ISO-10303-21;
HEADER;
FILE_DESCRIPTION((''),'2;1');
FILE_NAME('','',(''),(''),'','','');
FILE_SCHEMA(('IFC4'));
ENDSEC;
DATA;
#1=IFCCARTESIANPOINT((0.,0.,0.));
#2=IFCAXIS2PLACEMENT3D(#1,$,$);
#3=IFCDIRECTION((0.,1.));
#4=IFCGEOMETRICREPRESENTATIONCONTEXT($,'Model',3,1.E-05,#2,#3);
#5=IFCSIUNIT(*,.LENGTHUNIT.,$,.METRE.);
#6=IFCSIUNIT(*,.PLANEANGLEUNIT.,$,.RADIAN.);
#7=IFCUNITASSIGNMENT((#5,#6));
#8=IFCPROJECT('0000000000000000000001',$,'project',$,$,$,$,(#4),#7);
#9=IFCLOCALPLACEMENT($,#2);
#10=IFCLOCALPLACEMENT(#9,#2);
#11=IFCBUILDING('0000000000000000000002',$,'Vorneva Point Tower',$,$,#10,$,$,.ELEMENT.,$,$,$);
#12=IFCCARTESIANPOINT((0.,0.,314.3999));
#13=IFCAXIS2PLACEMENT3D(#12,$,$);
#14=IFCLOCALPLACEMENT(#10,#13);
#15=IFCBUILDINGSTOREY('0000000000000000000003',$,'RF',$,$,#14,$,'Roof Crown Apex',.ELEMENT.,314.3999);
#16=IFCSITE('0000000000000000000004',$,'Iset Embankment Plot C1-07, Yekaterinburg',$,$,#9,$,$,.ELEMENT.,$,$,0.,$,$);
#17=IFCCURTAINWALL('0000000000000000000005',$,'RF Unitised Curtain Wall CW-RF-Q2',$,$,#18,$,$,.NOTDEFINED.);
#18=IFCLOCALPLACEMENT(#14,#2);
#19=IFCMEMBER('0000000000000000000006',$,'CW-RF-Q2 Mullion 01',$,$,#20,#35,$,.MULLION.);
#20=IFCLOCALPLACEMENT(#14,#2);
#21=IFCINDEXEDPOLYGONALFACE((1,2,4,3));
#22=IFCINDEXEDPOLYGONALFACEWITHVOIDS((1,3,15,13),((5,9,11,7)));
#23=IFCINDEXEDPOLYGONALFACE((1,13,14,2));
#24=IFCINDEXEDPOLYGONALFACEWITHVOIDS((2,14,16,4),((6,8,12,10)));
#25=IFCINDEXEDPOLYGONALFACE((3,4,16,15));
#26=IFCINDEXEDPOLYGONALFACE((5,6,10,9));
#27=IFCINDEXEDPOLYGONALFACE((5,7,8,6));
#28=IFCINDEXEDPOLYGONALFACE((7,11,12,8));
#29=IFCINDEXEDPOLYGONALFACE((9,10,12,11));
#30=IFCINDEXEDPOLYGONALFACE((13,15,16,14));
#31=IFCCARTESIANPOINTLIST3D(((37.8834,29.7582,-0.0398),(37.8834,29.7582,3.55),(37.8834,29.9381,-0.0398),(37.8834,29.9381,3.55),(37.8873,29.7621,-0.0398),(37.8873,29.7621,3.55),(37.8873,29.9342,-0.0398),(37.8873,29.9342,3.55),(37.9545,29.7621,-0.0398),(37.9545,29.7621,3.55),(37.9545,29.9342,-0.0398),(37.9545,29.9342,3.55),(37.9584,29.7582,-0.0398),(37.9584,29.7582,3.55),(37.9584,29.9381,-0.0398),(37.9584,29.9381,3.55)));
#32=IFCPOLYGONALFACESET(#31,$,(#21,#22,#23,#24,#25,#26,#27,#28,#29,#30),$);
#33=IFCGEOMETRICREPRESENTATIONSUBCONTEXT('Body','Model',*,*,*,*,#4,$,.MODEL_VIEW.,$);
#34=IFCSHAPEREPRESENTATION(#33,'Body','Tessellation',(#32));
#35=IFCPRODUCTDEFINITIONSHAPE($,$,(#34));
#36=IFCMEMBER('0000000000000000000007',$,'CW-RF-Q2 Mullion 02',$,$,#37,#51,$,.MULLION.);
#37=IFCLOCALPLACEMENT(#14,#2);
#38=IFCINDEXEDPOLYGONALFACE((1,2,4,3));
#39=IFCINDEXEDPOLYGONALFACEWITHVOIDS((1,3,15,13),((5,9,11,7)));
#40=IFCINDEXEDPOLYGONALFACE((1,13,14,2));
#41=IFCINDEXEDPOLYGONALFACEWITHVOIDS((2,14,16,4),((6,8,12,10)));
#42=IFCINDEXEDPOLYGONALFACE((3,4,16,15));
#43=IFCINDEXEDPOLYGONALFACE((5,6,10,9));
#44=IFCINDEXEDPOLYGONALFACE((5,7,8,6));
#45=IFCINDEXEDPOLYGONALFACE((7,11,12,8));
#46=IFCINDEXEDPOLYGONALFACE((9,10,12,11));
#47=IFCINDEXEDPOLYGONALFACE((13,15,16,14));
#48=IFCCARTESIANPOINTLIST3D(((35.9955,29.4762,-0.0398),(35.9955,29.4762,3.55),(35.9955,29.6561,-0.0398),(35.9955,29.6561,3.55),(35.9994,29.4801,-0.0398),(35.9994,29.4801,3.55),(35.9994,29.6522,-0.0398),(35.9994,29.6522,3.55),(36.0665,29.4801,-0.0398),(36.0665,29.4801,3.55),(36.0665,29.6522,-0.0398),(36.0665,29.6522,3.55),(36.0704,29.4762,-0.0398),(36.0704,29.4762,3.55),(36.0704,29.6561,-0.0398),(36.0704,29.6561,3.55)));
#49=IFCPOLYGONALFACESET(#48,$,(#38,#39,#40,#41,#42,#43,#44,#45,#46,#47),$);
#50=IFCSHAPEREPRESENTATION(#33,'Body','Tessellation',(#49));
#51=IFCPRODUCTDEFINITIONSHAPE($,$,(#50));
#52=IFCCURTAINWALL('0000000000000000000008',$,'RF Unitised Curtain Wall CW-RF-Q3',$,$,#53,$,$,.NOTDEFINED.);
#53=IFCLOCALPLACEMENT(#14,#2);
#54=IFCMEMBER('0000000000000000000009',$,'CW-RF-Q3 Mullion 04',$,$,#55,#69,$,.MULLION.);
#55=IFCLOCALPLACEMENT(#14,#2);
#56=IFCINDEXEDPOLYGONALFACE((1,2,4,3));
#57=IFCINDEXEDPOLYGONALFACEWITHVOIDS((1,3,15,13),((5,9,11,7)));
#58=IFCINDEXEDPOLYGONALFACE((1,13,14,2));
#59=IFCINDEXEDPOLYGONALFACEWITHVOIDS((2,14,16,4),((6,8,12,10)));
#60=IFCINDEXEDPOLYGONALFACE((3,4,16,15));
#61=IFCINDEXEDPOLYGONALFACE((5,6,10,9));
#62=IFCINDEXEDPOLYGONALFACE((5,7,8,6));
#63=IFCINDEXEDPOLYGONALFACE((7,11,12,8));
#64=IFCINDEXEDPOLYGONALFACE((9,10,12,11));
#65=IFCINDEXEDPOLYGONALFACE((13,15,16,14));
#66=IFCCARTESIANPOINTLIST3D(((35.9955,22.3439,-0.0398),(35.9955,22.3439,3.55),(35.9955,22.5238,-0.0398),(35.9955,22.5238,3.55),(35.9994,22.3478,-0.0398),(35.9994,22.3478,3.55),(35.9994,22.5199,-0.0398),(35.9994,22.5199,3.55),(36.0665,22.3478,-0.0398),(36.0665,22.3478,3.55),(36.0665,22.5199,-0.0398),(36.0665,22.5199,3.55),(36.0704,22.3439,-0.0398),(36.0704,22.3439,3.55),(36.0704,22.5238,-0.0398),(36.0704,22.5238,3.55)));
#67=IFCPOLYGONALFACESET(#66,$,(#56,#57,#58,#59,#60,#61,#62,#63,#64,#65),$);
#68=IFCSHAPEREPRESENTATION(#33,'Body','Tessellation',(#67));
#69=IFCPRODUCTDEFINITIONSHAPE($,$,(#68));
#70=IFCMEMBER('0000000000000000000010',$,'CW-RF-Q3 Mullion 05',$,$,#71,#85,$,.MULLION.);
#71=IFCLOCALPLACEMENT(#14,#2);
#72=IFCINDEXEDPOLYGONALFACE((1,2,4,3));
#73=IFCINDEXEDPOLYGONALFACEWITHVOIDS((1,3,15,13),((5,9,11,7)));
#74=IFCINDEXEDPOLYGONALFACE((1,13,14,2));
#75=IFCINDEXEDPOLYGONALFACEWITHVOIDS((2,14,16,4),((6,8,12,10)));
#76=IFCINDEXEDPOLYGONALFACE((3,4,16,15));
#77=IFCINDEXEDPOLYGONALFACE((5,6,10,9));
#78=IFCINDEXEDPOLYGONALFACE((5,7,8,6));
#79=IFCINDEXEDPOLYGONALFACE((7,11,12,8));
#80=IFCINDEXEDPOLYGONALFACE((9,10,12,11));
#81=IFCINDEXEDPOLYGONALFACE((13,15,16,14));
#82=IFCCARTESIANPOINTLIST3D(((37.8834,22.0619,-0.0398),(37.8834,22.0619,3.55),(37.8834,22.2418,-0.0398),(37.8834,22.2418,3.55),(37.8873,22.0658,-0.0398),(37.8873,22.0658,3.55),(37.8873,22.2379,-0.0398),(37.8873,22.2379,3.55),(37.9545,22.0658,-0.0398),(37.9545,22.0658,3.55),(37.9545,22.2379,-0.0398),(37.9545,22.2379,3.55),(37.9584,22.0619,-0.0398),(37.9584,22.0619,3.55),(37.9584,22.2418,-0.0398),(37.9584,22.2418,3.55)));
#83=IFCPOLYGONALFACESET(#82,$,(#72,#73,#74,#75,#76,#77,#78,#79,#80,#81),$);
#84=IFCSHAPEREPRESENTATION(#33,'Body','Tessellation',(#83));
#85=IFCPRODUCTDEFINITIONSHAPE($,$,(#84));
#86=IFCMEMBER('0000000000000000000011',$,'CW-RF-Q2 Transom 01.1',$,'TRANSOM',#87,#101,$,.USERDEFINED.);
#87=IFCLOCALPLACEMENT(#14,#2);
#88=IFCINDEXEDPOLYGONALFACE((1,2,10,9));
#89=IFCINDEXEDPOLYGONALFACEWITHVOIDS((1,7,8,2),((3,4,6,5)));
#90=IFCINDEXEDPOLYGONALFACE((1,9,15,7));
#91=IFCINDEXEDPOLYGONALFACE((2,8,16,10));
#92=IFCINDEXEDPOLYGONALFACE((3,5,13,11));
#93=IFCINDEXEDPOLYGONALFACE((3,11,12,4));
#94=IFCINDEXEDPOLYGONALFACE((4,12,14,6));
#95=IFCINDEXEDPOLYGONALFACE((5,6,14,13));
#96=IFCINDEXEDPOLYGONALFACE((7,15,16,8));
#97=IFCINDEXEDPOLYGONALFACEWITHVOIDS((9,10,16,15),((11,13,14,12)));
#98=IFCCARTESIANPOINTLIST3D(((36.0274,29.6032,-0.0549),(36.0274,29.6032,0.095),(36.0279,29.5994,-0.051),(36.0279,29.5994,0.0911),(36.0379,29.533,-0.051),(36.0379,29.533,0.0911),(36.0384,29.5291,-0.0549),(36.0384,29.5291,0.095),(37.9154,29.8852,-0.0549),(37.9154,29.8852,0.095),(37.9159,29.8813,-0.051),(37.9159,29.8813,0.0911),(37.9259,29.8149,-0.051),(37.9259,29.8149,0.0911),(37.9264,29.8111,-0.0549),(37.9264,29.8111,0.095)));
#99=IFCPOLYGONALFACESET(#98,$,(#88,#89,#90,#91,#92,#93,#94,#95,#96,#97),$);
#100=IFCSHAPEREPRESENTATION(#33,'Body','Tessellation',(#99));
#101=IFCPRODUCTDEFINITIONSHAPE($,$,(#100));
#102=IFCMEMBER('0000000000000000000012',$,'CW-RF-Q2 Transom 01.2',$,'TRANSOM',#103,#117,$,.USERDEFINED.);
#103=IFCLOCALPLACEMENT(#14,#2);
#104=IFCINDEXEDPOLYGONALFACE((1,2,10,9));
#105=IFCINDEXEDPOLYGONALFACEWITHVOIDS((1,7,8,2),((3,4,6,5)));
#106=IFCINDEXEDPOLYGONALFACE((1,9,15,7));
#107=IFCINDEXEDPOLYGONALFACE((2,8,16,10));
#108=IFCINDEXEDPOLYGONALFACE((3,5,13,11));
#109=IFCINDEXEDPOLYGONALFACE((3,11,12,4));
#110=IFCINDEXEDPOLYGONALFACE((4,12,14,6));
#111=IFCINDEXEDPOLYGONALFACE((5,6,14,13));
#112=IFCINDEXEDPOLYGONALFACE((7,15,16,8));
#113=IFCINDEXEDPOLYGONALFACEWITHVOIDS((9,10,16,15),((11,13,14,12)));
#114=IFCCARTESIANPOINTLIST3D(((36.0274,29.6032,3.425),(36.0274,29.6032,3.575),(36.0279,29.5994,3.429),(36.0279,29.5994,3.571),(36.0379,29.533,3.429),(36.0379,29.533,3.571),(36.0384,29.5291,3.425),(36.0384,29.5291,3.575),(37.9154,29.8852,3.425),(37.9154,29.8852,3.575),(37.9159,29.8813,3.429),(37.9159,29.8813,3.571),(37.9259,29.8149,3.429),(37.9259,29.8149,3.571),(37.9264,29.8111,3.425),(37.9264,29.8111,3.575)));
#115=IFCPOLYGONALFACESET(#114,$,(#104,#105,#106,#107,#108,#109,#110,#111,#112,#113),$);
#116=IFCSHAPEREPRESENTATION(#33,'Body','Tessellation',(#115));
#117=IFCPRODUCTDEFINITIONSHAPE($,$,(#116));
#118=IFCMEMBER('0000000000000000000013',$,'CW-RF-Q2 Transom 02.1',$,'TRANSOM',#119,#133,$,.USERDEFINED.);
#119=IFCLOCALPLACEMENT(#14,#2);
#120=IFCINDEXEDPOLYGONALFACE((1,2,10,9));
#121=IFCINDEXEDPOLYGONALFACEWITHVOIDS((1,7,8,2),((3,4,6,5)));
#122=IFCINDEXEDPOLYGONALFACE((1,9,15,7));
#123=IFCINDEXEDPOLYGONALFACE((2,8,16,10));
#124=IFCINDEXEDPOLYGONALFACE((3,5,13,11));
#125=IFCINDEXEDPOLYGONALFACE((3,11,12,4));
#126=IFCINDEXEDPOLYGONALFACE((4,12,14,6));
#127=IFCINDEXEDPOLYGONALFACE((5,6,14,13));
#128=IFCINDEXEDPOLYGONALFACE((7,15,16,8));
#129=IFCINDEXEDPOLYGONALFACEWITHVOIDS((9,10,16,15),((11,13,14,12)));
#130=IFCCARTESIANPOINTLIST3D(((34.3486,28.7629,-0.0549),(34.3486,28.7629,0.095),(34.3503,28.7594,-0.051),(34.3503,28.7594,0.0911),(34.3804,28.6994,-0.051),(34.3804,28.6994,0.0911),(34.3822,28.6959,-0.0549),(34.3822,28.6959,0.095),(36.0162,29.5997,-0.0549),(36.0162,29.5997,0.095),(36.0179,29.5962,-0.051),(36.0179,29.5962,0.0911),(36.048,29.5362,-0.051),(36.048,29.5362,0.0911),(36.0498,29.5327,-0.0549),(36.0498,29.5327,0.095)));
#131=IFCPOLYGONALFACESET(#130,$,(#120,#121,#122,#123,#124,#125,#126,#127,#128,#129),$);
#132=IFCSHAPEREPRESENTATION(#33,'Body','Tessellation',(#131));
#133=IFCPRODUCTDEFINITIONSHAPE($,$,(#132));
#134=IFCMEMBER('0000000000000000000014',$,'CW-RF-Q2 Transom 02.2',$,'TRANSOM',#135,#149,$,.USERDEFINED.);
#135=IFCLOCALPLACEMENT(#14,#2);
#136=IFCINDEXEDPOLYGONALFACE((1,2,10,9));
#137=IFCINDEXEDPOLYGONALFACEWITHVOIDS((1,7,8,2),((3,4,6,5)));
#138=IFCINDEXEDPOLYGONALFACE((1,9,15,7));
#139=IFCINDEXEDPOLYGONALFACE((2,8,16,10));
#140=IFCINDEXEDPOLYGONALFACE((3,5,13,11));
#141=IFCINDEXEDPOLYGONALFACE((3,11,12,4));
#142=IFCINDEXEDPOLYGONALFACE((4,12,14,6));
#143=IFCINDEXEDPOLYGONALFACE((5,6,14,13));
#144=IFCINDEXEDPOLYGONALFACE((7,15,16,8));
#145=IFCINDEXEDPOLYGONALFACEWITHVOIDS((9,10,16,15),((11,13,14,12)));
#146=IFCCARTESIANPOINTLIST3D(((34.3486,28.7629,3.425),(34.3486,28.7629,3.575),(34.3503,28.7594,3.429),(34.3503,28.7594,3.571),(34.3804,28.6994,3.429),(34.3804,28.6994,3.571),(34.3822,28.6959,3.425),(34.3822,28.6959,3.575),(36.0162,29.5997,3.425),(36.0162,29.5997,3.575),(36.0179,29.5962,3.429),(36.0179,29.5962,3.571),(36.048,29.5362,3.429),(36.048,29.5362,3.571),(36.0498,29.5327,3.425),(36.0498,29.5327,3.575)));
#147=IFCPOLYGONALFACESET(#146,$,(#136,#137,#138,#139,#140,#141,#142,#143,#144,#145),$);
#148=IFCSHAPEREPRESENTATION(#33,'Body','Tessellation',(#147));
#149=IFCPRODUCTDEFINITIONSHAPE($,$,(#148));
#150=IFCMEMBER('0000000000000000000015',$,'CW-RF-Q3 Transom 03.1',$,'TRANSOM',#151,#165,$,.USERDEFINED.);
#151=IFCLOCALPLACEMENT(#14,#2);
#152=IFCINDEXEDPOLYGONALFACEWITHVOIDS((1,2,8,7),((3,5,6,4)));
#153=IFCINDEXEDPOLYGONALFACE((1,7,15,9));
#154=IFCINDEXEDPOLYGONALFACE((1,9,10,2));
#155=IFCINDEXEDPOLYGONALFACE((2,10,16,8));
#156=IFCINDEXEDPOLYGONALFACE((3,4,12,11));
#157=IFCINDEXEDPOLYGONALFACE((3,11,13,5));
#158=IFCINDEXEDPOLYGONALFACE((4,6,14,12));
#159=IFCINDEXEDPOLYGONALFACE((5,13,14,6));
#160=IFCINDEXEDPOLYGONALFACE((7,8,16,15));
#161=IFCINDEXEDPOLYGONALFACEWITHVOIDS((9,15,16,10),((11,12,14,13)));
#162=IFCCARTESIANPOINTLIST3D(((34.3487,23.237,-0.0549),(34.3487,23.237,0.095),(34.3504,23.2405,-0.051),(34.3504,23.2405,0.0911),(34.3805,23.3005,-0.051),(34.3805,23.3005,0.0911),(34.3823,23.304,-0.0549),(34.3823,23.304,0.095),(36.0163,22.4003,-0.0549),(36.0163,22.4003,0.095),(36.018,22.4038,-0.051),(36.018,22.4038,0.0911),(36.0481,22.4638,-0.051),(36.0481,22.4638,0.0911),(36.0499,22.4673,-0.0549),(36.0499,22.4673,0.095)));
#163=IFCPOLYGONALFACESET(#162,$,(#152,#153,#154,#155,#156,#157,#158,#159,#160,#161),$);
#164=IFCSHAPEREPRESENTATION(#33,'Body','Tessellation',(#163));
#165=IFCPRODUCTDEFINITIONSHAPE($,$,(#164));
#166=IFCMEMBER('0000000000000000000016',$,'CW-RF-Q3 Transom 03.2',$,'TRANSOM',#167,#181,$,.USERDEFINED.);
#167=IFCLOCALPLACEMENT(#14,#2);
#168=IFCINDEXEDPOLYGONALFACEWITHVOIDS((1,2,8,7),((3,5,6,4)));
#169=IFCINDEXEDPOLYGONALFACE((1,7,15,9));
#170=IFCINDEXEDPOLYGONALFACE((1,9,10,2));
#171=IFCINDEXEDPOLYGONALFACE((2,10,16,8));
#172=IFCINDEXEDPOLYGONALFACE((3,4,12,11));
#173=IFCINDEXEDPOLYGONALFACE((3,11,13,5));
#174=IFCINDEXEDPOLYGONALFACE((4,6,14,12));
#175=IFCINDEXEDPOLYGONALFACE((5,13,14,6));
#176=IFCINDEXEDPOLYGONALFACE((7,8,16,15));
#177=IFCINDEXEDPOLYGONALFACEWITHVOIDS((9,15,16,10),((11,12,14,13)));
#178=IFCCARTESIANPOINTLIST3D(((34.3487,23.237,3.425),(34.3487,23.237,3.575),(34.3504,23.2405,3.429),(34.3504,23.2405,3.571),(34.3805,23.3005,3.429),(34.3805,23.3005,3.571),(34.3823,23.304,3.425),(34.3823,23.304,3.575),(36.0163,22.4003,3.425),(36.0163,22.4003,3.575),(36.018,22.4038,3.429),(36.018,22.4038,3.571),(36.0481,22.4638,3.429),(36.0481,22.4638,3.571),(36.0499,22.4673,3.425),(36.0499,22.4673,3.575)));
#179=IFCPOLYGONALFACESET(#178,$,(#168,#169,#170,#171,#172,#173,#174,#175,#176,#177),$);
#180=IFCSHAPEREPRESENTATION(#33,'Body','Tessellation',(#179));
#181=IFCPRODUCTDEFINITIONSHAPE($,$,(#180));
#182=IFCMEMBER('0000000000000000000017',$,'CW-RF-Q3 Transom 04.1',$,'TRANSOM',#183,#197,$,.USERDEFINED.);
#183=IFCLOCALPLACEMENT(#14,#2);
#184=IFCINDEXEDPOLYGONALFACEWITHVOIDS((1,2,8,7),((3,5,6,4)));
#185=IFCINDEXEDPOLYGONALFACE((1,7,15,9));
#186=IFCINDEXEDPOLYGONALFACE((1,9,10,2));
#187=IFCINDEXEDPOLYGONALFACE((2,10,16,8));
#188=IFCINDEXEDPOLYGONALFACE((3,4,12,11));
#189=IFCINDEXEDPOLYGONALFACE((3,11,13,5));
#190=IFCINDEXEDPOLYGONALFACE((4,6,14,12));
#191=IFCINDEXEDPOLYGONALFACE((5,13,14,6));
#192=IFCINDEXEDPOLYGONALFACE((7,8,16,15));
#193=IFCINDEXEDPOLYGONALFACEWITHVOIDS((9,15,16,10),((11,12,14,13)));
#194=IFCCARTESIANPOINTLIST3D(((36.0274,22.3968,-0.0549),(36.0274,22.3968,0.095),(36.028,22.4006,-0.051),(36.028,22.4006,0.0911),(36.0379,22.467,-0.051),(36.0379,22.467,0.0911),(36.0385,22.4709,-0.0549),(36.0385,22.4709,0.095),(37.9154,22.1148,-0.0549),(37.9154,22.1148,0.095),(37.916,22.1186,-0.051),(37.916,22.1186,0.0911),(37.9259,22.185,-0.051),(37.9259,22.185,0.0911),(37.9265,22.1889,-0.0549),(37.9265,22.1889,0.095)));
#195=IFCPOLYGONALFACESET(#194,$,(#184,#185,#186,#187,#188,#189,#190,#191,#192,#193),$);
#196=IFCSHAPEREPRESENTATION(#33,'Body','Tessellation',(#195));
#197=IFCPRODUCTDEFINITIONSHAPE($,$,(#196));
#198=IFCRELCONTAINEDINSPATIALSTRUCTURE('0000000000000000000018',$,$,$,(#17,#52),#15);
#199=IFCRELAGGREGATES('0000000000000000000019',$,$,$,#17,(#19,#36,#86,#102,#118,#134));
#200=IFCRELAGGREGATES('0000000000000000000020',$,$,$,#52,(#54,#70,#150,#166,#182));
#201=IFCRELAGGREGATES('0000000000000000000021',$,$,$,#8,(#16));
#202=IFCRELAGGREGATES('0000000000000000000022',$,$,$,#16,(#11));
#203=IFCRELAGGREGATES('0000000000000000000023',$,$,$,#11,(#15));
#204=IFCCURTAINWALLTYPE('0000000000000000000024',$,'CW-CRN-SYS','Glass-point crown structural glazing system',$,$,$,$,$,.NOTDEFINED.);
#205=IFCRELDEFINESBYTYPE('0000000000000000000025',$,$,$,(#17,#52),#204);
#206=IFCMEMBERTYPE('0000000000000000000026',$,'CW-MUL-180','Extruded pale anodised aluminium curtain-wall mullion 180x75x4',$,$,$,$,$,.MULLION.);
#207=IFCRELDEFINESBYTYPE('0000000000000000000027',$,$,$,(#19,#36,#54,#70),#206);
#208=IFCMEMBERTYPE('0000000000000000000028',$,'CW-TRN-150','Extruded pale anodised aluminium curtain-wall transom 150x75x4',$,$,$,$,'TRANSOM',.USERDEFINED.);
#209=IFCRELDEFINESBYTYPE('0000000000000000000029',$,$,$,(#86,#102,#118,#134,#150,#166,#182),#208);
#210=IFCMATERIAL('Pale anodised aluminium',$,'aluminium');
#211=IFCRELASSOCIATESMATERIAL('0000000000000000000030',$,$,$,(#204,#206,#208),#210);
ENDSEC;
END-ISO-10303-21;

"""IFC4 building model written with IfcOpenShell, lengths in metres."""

from ifc_helpers import new_model, si_unit, direction, frame, origin, origin_2d, place, context, subcontext, project, spatial, hollow_rectangle, extrude, material, material_profile, profile_set, type_object, element, aggregate, save


model = new_model("IFC4")

# Units and contexts
model_context = context("Model", 3, precision=1e-05, world=origin(), true_north=direction((0.0, 1.0)))
body_context = subcontext(model_context, "Body", "Model", "MODEL_VIEW")
ifc_project = project(units=[si_unit("LENGTHUNIT", "METRE"), si_unit("PLANEANGLEUNIT", "RADIAN")], contexts=[model_context])

# Site, building, storey
site_placement = place(None, origin())
site = spatial("IfcSite", under=ifc_project, at=site_placement, Name="Iset Embankment Plot C1-07, Yekaterinburg", CompositionType="ELEMENT", RefElevation=0.0)
building_placement = place(site_placement, origin())
building = spatial("IfcBuilding", under=site, at=building_placement, Name="Vorneva Point Tower", CompositionType="ELEMENT")
storey_placement = place(building_placement, frame((0.0, 0.0, 314.3999)))
storey = spatial("IfcBuildingStorey", under=building, at=storey_placement, Name="RF", LongName="Roof Crown Apex", CompositionType="ELEMENT", Elevation=314.3999)

# Curtain walls, members
ifc_material_1 = material(Name="Pale anodised aluminium", Category="aluminium")
curtain_wall_type = type_object("IfcCurtainWallType", Name="CW-CRN-SYS", Description="Glass-point crown structural glazing system", PredefinedType="NOTDEFINED", material=ifc_material_1)
curtain_wall_1_placement = place(storey_placement, origin())
curtain_wall_1 = element("IfcCurtainWall", 1, at=curtain_wall_1_placement, inside=storey, type_object=curtain_wall_type, Name="RF Unitised Curtain Wall CW-RF-Q2", PredefinedType="NOTDEFINED")
ifc_material_profile_1 = material_profile(ifc_material_1, hollow_rectangle(XDim=0.075, YDim=0.1799, WallThickness=0.0039, at=origin_2d()), Name="AL-MUL 180x75x4")
ifc_profile_set_1 = profile_set([ifc_material_profile_1], Name="Pale anodised aluminium")
member_type_1 = type_object("IfcMemberType", Name="CW-MUL-180", Description="Extruded pale anodised aluminium curtain-wall mullion 180x75x4", PredefinedType="MULLION", material=ifc_profile_set_1)
member_1_placement = place(storey_placement, frame((37.9209, 29.8481, -0.0398), z_axis=(0.0, 0.0, 1.0), x_axis=(1.0, 0.0, 0.0)))
member_1 = element("IfcMember", 2, at=member_1_placement, type_object=member_type_1, Name="CW-RF-Q2 Mullion 01", PredefinedType="MULLION", context=body_context, shape_type="SweptSolid", body=[
    extrude(hollow_rectangle(XDim=0.075, YDim=0.1799, WallThickness=0.0039, at=origin_2d()), origin(), (0.0, 0.0, 1.0), 3.5898),
])
member_2_placement = place(storey_placement, frame((36.033, 29.5662, -0.0398), z_axis=(0.0, 0.0, 1.0), x_axis=(1.0, 0.0, 0.0)))
member_2 = element("IfcMember", 3, at=member_2_placement, type_object=member_type_1, Name="CW-RF-Q2 Mullion 02", PredefinedType="MULLION", context=body_context, shape_type="SweptSolid", body=[
    extrude(hollow_rectangle(XDim=0.075, YDim=0.1799, WallThickness=0.0039, at=origin_2d()), origin(), (0.0, 0.0, 1.0), 3.5898),
])
curtain_wall_2_placement = place(storey_placement, origin())
curtain_wall_2 = element("IfcCurtainWall", 4, at=curtain_wall_2_placement, inside=storey, type_object=curtain_wall_type, Name="RF Unitised Curtain Wall CW-RF-Q3", PredefinedType="NOTDEFINED")
member_3_placement = place(storey_placement, frame((36.033, 22.4338, -0.0398), z_axis=(0.0, 0.0, 1.0), x_axis=(1.0, 0.0, 0.0)))
member_3 = element("IfcMember", 5, at=member_3_placement, type_object=member_type_1, Name="CW-RF-Q3 Mullion 04", PredefinedType="MULLION", context=body_context, shape_type="SweptSolid", body=[
    extrude(hollow_rectangle(XDim=0.075, YDim=0.1799, WallThickness=0.0039, at=origin_2d()), origin(), (0.0, 0.0, 1.0), 3.5898),
])
member_4_placement = place(storey_placement, frame((37.9209, 22.1519, -0.0398), z_axis=(0.0, 0.0, 1.0), x_axis=(1.0, 0.0, 0.0)))
member_4 = element("IfcMember", 6, at=member_4_placement, type_object=member_type_1, Name="CW-RF-Q3 Mullion 05", PredefinedType="MULLION", context=body_context, shape_type="SweptSolid", body=[
    extrude(hollow_rectangle(XDim=0.075, YDim=0.1799, WallThickness=0.0039, at=origin_2d()), origin(), (0.0, 0.0, 1.0), 3.5898),
])

# Members
ifc_material_profile_2 = material_profile(ifc_material_1, hollow_rectangle(XDim=0.075, YDim=0.1499, WallThickness=0.0039, at=origin_2d()), Name="AL-TRN 150x75x4")
ifc_profile_set_2 = profile_set([ifc_material_profile_2], Name="Pale anodised aluminium")
member_type_2 = type_object("IfcMemberType", Name="CW-TRN-150", Description="Extruded pale anodised aluminium curtain-wall transom 150x75x4", ElementType="TRANSOM", PredefinedType="USERDEFINED", material=ifc_profile_set_2)
member_5_placement = place(storey_placement, frame((37.9209, 29.8481, 0.02), z_axis=(-0.989029, -0.147721, 0.0), x_axis=(0.147721, -0.989029, 0.0)))
member_5 = element("IfcMember", 7, at=member_5_placement, type_object=member_type_2, Name="CW-RF-Q2 Transom 01.1", ObjectType="TRANSOM", PredefinedType="USERDEFINED", context=body_context, shape_type="SweptSolid", body=[
    extrude(hollow_rectangle(XDim=0.075, YDim=0.1499, WallThickness=0.0039, at=origin_2d()), origin(), (0.0, 0.0, 1.0), 1.9089),
])
member_6_placement = place(storey_placement, frame((37.9209, 29.8481, 3.5), z_axis=(-0.989029, -0.147721, 0.0), x_axis=(0.147721, -0.989029, 0.0)))
member_6 = element("IfcMember", 8, at=member_6_placement, type_object=member_type_2, Name="CW-RF-Q2 Transom 01.2", ObjectType="TRANSOM", PredefinedType="USERDEFINED", context=body_context, shape_type="SweptSolid", body=[
    extrude(hollow_rectangle(XDim=0.075, YDim=0.1499, WallThickness=0.0039, at=origin_2d()), origin(), (0.0, 0.0, 1.0), 1.9089),
])
member_7_placement = place(storey_placement, frame((36.033, 29.5662, 0.02), z_axis=(-0.893798, -0.448469, 0.0), x_axis=(0.448469, -0.893798, 0.0)))
member_7 = element("IfcMember", 9, at=member_7_placement, type_object=member_type_2, Name="CW-RF-Q2 Transom 02.1", ObjectType="TRANSOM", PredefinedType="USERDEFINED", context=body_context, shape_type="SweptSolid", body=[
    extrude(hollow_rectangle(XDim=0.075, YDim=0.1499, WallThickness=0.0039, at=origin_2d()), origin(), (0.0, 0.0, 1.0), 1.8657),
])
member_8_placement = place(storey_placement, frame((36.033, 29.5662, 3.5), z_axis=(-0.893798, -0.448469, 0.0), x_axis=(0.448469, -0.893798, 0.0)))
member_8 = element("IfcMember", 10, at=member_8_placement, type_object=member_type_2, Name="CW-RF-Q2 Transom 02.2", ObjectType="TRANSOM", PredefinedType="USERDEFINED", context=body_context, shape_type="SweptSolid", body=[
    extrude(hollow_rectangle(XDim=0.075, YDim=0.1499, WallThickness=0.0039, at=origin_2d()), origin(), (0.0, 0.0, 1.0), 1.8657),
])
member_9_placement = place(storey_placement, frame((34.3655, 23.2705, 0.02), z_axis=(0.893798, -0.448469, 0.0), x_axis=(0.448469, 0.893798, 0.0)))
member_9 = element("IfcMember", 11, at=member_9_placement, type_object=member_type_2, Name="CW-RF-Q3 Transom 03.1", ObjectType="TRANSOM", PredefinedType="USERDEFINED", context=body_context, shape_type="SweptSolid", body=[
    extrude(hollow_rectangle(XDim=0.075, YDim=0.1499, WallThickness=0.0039, at=origin_2d()), origin(), (0.0, 0.0, 1.0), 1.8657),
])
member_10_placement = place(storey_placement, frame((34.3655, 23.2705, 3.5), z_axis=(0.893798, -0.448469, 0.0), x_axis=(0.448469, 0.893798, 0.0)))
member_10 = element("IfcMember", 12, at=member_10_placement, type_object=member_type_2, Name="CW-RF-Q3 Transom 03.2", ObjectType="TRANSOM", PredefinedType="USERDEFINED", context=body_context, shape_type="SweptSolid", body=[
    extrude(hollow_rectangle(XDim=0.075, YDim=0.1499, WallThickness=0.0039, at=origin_2d()), origin(), (0.0, 0.0, 1.0), 1.8657),
])
member_11_placement = place(storey_placement, frame((36.033, 22.4338, 0.02), z_axis=(0.989029, -0.147721, 0.0), x_axis=(0.147721, 0.989029, 0.0)))
member_11 = element("IfcMember", 13, at=member_11_placement, type_object=member_type_2, Name="CW-RF-Q3 Transom 04.1", ObjectType="TRANSOM", PredefinedType="USERDEFINED", context=body_context, shape_type="SweptSolid", body=[
    extrude(hollow_rectangle(XDim=0.075, YDim=0.1499, WallThickness=0.0039, at=origin_2d()), origin(), (0.0, 0.0, 1.0), 1.9089),
])

aggregate(curtain_wall_1, [member_1, member_2, member_5, member_6, member_7, member_8])
aggregate(curtain_wall_2, [member_3, member_4, member_9, member_10, member_11])

save(model, "model.ifc")
